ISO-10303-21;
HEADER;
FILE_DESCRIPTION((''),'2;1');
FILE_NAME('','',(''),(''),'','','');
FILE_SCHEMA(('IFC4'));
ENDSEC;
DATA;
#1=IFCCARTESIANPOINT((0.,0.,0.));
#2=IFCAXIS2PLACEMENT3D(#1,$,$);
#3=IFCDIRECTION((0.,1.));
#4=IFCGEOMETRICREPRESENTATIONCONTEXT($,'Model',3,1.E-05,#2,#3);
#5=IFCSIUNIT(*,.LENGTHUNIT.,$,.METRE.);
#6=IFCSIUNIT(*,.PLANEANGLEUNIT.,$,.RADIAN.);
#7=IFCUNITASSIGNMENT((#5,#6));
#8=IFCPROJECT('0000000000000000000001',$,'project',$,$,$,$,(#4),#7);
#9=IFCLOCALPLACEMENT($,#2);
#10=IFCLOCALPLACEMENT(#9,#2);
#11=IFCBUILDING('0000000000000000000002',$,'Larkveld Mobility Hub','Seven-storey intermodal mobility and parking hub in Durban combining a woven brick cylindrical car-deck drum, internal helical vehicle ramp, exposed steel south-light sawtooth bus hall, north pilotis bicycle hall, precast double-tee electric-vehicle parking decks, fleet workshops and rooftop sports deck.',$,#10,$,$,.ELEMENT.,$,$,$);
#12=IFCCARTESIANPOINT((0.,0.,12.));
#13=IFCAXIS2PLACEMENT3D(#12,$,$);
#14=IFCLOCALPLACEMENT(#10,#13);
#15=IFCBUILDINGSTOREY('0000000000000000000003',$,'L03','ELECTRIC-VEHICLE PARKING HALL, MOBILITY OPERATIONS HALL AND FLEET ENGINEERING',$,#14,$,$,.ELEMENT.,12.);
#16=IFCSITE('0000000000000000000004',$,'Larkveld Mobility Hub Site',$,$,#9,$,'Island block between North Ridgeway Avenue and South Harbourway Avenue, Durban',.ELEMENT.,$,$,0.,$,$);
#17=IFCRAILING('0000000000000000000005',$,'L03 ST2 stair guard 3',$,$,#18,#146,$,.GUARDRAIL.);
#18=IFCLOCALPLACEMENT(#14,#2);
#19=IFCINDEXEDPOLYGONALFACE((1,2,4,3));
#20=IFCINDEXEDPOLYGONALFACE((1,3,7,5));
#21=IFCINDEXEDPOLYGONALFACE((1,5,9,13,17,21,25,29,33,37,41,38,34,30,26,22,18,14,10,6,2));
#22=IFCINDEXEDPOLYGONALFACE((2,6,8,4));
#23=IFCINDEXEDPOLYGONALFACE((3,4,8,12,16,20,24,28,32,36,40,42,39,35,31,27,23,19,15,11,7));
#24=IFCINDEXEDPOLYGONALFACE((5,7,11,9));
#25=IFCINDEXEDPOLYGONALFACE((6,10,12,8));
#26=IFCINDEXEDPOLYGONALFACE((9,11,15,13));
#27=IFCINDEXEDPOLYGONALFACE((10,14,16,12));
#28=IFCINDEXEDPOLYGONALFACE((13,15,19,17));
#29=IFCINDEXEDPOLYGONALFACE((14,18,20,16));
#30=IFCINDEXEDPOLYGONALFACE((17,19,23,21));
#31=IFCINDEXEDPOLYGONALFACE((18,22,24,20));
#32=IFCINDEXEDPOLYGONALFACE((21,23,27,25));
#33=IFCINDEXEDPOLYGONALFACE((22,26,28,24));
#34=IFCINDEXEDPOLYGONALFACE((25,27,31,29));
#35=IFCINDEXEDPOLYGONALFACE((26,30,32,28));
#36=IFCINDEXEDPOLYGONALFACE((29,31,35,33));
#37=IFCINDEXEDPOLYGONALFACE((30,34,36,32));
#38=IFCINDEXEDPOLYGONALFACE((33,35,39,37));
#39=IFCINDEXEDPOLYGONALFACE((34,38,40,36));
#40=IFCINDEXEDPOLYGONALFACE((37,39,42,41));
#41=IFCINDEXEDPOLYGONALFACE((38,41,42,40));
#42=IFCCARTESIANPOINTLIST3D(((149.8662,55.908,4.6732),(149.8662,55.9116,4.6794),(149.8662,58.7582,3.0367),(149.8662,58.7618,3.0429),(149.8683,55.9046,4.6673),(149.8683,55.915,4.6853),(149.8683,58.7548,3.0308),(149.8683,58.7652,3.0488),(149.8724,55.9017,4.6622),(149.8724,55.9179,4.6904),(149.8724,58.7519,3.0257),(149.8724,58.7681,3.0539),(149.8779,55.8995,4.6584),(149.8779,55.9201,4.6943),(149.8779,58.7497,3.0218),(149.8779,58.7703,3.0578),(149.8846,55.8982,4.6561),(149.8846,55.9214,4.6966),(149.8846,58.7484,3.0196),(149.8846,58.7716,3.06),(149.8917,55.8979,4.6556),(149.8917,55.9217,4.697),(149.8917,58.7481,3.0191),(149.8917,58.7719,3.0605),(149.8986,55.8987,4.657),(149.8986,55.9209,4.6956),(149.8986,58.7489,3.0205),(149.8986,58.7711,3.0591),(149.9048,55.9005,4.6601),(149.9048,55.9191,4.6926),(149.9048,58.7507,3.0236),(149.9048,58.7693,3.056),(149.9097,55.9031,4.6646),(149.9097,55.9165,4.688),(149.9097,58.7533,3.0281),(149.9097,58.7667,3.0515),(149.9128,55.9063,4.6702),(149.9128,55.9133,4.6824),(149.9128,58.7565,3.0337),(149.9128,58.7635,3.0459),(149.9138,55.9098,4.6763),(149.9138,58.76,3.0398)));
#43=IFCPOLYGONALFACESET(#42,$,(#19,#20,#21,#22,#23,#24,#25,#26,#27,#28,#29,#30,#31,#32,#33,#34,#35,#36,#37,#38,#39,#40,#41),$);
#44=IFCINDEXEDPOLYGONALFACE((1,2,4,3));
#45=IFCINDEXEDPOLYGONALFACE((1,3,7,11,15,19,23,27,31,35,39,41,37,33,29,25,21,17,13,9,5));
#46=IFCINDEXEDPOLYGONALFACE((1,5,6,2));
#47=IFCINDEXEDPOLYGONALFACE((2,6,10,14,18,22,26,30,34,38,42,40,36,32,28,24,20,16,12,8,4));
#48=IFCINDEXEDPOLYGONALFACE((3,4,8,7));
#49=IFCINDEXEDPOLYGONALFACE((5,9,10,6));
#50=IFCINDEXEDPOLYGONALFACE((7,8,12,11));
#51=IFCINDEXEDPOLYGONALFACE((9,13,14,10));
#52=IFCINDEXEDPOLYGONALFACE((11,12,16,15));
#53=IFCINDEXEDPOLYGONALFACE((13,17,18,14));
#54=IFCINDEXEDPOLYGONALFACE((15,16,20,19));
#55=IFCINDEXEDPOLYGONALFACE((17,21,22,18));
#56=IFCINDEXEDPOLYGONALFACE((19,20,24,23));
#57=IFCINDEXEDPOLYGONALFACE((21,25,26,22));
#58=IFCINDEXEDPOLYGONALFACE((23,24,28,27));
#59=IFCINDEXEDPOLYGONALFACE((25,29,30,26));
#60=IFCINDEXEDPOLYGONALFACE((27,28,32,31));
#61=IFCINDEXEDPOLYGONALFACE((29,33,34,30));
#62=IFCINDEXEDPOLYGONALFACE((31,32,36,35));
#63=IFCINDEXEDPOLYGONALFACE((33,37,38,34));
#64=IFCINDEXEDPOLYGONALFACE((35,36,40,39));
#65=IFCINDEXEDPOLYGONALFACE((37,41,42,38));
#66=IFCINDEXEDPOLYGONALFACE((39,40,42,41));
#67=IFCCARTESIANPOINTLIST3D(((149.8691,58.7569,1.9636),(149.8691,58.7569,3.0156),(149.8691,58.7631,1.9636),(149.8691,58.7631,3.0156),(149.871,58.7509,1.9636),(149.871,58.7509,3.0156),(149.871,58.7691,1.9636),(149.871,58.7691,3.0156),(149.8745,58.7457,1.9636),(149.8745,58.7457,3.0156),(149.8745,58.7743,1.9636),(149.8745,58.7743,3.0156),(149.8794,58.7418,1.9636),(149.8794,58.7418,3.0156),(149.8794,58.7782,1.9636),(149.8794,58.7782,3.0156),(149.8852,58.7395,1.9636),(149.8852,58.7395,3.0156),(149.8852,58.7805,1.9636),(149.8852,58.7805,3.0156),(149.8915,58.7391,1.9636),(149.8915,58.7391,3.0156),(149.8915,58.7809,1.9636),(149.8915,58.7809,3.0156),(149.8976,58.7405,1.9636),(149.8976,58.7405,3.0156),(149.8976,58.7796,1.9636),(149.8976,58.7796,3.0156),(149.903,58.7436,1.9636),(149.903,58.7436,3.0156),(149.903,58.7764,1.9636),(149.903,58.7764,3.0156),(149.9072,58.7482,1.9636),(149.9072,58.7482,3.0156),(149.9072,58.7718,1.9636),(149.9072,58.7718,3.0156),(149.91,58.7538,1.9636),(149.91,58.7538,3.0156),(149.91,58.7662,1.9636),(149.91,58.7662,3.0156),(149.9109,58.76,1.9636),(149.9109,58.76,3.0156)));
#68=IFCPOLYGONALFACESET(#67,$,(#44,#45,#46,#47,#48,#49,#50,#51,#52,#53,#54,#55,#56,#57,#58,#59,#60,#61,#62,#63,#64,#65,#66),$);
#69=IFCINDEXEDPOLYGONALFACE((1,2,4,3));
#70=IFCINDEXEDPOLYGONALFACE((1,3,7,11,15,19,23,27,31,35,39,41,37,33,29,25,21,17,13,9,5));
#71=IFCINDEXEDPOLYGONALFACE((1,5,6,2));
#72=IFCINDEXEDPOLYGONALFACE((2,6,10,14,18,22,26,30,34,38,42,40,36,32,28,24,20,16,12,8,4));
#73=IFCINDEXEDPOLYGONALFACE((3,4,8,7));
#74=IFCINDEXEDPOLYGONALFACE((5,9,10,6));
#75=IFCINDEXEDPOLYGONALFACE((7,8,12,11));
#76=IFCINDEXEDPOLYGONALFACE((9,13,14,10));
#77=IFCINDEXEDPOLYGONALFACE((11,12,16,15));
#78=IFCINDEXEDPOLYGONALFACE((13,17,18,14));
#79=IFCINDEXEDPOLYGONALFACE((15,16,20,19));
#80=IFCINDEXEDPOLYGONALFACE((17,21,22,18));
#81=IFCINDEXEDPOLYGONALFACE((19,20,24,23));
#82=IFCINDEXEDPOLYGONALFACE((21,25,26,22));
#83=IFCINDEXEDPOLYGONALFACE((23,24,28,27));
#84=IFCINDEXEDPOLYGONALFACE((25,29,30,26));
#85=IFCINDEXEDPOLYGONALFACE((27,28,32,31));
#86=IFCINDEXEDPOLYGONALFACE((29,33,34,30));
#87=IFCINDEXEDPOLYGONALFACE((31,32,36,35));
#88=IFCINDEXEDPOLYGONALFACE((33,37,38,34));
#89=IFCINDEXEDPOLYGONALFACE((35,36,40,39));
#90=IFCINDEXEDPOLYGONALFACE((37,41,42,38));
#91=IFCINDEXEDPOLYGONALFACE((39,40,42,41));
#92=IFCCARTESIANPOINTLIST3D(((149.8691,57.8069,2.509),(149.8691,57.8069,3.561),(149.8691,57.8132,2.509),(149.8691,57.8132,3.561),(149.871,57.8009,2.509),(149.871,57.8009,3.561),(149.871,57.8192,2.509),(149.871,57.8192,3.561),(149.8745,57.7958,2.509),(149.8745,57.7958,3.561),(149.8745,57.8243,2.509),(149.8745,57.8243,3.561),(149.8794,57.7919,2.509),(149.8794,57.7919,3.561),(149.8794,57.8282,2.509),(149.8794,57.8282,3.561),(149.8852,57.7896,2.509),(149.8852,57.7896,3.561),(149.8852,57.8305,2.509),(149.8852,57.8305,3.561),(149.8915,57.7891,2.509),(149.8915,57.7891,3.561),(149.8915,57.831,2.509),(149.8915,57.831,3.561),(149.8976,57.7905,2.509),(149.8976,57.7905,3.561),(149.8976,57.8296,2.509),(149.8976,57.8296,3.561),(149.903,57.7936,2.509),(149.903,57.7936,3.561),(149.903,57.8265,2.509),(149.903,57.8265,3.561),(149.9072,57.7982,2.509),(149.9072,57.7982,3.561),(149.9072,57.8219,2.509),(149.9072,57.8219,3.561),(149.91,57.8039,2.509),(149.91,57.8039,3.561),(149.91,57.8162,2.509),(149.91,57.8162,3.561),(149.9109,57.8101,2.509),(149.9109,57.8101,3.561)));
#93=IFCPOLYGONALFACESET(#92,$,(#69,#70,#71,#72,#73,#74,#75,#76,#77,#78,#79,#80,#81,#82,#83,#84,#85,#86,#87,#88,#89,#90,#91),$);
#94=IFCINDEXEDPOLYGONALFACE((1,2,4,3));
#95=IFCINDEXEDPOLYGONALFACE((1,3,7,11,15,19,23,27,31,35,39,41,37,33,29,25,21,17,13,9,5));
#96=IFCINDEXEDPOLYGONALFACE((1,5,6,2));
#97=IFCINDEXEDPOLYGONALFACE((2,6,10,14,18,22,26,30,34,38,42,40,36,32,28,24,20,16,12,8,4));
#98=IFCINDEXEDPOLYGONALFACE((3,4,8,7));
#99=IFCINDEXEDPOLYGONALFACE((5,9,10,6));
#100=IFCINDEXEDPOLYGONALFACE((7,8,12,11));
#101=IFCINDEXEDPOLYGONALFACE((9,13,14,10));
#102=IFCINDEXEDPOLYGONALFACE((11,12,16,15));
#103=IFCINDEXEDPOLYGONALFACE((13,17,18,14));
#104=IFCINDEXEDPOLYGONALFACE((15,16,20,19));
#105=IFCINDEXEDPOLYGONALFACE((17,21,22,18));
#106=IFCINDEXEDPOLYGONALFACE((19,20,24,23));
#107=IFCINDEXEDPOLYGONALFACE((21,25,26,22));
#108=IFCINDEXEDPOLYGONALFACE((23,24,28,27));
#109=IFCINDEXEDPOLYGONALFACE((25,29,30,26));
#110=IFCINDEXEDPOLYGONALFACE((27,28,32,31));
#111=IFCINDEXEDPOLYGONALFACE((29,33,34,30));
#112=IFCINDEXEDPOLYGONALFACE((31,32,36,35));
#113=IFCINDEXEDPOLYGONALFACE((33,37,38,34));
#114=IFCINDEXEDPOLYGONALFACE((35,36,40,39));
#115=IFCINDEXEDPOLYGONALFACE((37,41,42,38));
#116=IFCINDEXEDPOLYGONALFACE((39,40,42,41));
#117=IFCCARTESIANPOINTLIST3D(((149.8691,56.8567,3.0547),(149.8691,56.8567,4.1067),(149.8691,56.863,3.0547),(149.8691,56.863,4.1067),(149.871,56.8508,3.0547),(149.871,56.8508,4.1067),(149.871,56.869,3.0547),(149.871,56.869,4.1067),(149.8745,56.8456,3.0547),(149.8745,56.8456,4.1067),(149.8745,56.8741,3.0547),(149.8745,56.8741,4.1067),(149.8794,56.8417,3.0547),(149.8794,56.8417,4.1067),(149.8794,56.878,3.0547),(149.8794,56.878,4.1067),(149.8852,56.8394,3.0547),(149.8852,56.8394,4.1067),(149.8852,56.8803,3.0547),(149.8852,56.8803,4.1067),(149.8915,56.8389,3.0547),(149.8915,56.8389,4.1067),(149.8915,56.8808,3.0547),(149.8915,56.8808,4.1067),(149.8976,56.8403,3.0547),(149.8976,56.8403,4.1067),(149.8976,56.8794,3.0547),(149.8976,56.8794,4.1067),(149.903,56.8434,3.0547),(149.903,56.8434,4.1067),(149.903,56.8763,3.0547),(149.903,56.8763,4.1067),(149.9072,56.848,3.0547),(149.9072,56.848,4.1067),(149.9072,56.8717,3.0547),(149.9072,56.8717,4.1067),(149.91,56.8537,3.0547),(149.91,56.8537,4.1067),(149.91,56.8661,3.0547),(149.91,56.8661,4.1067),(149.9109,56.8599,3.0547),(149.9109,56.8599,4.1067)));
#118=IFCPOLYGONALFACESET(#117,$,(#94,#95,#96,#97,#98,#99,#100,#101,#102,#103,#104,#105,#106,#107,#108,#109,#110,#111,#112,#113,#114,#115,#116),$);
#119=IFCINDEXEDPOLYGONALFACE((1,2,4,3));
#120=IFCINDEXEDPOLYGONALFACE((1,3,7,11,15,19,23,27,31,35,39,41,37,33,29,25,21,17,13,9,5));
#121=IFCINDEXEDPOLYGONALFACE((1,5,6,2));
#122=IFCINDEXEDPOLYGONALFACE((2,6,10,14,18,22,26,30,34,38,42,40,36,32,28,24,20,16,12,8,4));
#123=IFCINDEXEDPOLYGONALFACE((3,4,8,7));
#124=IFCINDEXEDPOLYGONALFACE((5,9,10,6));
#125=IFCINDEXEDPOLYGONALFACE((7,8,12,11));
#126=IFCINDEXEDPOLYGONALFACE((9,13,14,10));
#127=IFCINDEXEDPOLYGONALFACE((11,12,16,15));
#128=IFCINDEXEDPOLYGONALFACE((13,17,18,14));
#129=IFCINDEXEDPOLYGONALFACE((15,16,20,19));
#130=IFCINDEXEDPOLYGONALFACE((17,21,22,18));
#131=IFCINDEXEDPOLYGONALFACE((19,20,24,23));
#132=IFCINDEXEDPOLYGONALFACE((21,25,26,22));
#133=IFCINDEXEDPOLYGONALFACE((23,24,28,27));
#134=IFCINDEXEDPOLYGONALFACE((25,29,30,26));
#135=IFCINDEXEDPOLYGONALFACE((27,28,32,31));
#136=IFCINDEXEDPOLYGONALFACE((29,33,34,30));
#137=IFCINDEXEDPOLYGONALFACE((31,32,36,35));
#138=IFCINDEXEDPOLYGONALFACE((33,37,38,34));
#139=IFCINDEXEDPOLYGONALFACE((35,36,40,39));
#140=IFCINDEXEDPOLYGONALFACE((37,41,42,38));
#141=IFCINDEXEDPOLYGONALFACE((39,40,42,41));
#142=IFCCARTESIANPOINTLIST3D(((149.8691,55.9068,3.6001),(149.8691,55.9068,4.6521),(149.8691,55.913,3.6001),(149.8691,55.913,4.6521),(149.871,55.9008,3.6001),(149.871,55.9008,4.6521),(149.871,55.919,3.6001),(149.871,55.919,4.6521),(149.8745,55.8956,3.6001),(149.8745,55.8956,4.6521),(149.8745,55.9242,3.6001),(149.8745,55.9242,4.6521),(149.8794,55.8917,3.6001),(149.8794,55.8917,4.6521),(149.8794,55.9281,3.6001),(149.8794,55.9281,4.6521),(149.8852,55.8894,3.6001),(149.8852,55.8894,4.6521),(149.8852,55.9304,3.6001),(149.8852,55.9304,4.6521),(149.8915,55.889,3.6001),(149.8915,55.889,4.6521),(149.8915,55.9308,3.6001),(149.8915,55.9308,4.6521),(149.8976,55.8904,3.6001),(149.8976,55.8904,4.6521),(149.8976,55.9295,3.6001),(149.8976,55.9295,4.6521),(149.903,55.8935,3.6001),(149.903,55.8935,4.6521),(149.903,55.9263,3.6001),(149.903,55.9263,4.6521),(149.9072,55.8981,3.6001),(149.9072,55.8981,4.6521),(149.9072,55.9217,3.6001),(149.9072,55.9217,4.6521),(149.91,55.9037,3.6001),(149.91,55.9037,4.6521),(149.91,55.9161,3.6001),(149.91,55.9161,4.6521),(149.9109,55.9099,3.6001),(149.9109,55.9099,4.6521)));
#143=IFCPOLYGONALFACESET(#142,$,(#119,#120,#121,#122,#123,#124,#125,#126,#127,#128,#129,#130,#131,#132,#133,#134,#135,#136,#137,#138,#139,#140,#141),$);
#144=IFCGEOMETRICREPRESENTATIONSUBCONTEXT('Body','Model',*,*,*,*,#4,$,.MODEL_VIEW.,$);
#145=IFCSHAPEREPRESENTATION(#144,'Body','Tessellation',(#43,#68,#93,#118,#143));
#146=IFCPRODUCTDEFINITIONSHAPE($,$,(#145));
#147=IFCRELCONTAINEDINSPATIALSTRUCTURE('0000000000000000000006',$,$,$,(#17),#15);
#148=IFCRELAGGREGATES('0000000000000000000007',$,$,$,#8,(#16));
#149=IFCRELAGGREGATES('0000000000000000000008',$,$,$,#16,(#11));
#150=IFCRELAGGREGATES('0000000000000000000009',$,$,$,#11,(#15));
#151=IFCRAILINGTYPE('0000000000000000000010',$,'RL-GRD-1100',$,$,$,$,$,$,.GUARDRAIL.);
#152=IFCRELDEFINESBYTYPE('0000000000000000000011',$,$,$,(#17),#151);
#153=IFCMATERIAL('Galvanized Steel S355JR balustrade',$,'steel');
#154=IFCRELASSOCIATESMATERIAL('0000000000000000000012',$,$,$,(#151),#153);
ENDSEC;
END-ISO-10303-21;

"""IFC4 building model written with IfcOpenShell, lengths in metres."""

from ifc_helpers import new_model, si_unit, direction, frame, origin, origin_2d, place, context, subcontext, project, spatial, circle, extrude, material, type_object, element, save


model = new_model("IFC4")

# Units and contexts
model_context = context("Model", 3, precision=1e-05, world=origin(), true_north=direction((0.0, 1.0)))
body_context = subcontext(model_context, "Body", "Model", "MODEL_VIEW")
ifc_project = project(units=[si_unit("LENGTHUNIT", "METRE"), si_unit("PLANEANGLEUNIT", "RADIAN")], contexts=[model_context])

# Site, building, storey
site_placement = place(None, origin())
site = spatial("IfcSite", under=ifc_project, at=site_placement, Name="Larkveld Mobility Hub Site", LongName="Island block between North Ridgeway Avenue and South Harbourway Avenue, Durban", CompositionType="ELEMENT", RefElevation=0.0)
building_placement = place(site_placement, origin())
building = spatial("IfcBuilding", under=site, at=building_placement, Name="Larkveld Mobility Hub", Description="Seven-storey intermodal mobility and parking hub in Durban combining a woven brick cylindrical car-deck drum, internal helical vehicle ramp, exposed steel south-light sawtooth bus hall, north pilotis bicycle hall, precast double-tee electric-vehicle parking decks, fleet workshops and rooftop sports deck.", CompositionType="ELEMENT")
storey_placement = place(building_placement, frame((0.0, 0.0, 12.0)))
storey = spatial("IfcBuildingStorey", under=building, at=storey_placement, Name="L03", Description="ELECTRIC-VEHICLE PARKING HALL, MOBILITY OPERATIONS HALL AND FLEET ENGINEERING", CompositionType="ELEMENT", Elevation=12.0)

# Railing
ifc_material_1 = material(Name="Galvanized Steel S355JR balustrade", Category="steel")
railing_type_1 = type_object("IfcRailingType", Name="RL-GRD-1100", PredefinedType="GUARDRAIL", material=ifc_material_1)
railing_1_placement = place(storey_placement, frame((149.8899, 58.76, 1.9636)))
element("IfcRailing", 1, at=railing_1_placement, inside=storey, type_object=railing_type_1, Name="L03 ST2 stair guard 3", PredefinedType="GUARDRAIL", context=body_context, shape_type="SweptSolid", body=[
    extrude(circle(Radius=0.0239, at=origin_2d()), frame((0.0, 0.0, 1.0762), z_axis=(0.0, -0.867213, 0.497938), x_axis=(1.0, 0.0, 0.0)), (0.0, 0.0, 1.0), 3.2866),
    extrude(circle(Radius=0.021, at=origin_2d()), origin(), (0.0, 0.0, 1.0), 1.052),
    extrude(circle(Radius=0.021, at=origin_2d()), frame((0.0, -0.95, 0.5454)), (0.0, 0.0, 1.0), 1.052),
    extrude(circle(Radius=0.021, at=origin_2d()), frame((0.0, -1.9001, 1.0911)), (0.0, 0.0, 1.0), 1.052),
    extrude(circle(Radius=0.021, at=origin_2d()), frame((0.0, -2.8501, 1.6365)), (0.0, 0.0, 1.0), 1.052),
])

save(model, "model.ifc")
